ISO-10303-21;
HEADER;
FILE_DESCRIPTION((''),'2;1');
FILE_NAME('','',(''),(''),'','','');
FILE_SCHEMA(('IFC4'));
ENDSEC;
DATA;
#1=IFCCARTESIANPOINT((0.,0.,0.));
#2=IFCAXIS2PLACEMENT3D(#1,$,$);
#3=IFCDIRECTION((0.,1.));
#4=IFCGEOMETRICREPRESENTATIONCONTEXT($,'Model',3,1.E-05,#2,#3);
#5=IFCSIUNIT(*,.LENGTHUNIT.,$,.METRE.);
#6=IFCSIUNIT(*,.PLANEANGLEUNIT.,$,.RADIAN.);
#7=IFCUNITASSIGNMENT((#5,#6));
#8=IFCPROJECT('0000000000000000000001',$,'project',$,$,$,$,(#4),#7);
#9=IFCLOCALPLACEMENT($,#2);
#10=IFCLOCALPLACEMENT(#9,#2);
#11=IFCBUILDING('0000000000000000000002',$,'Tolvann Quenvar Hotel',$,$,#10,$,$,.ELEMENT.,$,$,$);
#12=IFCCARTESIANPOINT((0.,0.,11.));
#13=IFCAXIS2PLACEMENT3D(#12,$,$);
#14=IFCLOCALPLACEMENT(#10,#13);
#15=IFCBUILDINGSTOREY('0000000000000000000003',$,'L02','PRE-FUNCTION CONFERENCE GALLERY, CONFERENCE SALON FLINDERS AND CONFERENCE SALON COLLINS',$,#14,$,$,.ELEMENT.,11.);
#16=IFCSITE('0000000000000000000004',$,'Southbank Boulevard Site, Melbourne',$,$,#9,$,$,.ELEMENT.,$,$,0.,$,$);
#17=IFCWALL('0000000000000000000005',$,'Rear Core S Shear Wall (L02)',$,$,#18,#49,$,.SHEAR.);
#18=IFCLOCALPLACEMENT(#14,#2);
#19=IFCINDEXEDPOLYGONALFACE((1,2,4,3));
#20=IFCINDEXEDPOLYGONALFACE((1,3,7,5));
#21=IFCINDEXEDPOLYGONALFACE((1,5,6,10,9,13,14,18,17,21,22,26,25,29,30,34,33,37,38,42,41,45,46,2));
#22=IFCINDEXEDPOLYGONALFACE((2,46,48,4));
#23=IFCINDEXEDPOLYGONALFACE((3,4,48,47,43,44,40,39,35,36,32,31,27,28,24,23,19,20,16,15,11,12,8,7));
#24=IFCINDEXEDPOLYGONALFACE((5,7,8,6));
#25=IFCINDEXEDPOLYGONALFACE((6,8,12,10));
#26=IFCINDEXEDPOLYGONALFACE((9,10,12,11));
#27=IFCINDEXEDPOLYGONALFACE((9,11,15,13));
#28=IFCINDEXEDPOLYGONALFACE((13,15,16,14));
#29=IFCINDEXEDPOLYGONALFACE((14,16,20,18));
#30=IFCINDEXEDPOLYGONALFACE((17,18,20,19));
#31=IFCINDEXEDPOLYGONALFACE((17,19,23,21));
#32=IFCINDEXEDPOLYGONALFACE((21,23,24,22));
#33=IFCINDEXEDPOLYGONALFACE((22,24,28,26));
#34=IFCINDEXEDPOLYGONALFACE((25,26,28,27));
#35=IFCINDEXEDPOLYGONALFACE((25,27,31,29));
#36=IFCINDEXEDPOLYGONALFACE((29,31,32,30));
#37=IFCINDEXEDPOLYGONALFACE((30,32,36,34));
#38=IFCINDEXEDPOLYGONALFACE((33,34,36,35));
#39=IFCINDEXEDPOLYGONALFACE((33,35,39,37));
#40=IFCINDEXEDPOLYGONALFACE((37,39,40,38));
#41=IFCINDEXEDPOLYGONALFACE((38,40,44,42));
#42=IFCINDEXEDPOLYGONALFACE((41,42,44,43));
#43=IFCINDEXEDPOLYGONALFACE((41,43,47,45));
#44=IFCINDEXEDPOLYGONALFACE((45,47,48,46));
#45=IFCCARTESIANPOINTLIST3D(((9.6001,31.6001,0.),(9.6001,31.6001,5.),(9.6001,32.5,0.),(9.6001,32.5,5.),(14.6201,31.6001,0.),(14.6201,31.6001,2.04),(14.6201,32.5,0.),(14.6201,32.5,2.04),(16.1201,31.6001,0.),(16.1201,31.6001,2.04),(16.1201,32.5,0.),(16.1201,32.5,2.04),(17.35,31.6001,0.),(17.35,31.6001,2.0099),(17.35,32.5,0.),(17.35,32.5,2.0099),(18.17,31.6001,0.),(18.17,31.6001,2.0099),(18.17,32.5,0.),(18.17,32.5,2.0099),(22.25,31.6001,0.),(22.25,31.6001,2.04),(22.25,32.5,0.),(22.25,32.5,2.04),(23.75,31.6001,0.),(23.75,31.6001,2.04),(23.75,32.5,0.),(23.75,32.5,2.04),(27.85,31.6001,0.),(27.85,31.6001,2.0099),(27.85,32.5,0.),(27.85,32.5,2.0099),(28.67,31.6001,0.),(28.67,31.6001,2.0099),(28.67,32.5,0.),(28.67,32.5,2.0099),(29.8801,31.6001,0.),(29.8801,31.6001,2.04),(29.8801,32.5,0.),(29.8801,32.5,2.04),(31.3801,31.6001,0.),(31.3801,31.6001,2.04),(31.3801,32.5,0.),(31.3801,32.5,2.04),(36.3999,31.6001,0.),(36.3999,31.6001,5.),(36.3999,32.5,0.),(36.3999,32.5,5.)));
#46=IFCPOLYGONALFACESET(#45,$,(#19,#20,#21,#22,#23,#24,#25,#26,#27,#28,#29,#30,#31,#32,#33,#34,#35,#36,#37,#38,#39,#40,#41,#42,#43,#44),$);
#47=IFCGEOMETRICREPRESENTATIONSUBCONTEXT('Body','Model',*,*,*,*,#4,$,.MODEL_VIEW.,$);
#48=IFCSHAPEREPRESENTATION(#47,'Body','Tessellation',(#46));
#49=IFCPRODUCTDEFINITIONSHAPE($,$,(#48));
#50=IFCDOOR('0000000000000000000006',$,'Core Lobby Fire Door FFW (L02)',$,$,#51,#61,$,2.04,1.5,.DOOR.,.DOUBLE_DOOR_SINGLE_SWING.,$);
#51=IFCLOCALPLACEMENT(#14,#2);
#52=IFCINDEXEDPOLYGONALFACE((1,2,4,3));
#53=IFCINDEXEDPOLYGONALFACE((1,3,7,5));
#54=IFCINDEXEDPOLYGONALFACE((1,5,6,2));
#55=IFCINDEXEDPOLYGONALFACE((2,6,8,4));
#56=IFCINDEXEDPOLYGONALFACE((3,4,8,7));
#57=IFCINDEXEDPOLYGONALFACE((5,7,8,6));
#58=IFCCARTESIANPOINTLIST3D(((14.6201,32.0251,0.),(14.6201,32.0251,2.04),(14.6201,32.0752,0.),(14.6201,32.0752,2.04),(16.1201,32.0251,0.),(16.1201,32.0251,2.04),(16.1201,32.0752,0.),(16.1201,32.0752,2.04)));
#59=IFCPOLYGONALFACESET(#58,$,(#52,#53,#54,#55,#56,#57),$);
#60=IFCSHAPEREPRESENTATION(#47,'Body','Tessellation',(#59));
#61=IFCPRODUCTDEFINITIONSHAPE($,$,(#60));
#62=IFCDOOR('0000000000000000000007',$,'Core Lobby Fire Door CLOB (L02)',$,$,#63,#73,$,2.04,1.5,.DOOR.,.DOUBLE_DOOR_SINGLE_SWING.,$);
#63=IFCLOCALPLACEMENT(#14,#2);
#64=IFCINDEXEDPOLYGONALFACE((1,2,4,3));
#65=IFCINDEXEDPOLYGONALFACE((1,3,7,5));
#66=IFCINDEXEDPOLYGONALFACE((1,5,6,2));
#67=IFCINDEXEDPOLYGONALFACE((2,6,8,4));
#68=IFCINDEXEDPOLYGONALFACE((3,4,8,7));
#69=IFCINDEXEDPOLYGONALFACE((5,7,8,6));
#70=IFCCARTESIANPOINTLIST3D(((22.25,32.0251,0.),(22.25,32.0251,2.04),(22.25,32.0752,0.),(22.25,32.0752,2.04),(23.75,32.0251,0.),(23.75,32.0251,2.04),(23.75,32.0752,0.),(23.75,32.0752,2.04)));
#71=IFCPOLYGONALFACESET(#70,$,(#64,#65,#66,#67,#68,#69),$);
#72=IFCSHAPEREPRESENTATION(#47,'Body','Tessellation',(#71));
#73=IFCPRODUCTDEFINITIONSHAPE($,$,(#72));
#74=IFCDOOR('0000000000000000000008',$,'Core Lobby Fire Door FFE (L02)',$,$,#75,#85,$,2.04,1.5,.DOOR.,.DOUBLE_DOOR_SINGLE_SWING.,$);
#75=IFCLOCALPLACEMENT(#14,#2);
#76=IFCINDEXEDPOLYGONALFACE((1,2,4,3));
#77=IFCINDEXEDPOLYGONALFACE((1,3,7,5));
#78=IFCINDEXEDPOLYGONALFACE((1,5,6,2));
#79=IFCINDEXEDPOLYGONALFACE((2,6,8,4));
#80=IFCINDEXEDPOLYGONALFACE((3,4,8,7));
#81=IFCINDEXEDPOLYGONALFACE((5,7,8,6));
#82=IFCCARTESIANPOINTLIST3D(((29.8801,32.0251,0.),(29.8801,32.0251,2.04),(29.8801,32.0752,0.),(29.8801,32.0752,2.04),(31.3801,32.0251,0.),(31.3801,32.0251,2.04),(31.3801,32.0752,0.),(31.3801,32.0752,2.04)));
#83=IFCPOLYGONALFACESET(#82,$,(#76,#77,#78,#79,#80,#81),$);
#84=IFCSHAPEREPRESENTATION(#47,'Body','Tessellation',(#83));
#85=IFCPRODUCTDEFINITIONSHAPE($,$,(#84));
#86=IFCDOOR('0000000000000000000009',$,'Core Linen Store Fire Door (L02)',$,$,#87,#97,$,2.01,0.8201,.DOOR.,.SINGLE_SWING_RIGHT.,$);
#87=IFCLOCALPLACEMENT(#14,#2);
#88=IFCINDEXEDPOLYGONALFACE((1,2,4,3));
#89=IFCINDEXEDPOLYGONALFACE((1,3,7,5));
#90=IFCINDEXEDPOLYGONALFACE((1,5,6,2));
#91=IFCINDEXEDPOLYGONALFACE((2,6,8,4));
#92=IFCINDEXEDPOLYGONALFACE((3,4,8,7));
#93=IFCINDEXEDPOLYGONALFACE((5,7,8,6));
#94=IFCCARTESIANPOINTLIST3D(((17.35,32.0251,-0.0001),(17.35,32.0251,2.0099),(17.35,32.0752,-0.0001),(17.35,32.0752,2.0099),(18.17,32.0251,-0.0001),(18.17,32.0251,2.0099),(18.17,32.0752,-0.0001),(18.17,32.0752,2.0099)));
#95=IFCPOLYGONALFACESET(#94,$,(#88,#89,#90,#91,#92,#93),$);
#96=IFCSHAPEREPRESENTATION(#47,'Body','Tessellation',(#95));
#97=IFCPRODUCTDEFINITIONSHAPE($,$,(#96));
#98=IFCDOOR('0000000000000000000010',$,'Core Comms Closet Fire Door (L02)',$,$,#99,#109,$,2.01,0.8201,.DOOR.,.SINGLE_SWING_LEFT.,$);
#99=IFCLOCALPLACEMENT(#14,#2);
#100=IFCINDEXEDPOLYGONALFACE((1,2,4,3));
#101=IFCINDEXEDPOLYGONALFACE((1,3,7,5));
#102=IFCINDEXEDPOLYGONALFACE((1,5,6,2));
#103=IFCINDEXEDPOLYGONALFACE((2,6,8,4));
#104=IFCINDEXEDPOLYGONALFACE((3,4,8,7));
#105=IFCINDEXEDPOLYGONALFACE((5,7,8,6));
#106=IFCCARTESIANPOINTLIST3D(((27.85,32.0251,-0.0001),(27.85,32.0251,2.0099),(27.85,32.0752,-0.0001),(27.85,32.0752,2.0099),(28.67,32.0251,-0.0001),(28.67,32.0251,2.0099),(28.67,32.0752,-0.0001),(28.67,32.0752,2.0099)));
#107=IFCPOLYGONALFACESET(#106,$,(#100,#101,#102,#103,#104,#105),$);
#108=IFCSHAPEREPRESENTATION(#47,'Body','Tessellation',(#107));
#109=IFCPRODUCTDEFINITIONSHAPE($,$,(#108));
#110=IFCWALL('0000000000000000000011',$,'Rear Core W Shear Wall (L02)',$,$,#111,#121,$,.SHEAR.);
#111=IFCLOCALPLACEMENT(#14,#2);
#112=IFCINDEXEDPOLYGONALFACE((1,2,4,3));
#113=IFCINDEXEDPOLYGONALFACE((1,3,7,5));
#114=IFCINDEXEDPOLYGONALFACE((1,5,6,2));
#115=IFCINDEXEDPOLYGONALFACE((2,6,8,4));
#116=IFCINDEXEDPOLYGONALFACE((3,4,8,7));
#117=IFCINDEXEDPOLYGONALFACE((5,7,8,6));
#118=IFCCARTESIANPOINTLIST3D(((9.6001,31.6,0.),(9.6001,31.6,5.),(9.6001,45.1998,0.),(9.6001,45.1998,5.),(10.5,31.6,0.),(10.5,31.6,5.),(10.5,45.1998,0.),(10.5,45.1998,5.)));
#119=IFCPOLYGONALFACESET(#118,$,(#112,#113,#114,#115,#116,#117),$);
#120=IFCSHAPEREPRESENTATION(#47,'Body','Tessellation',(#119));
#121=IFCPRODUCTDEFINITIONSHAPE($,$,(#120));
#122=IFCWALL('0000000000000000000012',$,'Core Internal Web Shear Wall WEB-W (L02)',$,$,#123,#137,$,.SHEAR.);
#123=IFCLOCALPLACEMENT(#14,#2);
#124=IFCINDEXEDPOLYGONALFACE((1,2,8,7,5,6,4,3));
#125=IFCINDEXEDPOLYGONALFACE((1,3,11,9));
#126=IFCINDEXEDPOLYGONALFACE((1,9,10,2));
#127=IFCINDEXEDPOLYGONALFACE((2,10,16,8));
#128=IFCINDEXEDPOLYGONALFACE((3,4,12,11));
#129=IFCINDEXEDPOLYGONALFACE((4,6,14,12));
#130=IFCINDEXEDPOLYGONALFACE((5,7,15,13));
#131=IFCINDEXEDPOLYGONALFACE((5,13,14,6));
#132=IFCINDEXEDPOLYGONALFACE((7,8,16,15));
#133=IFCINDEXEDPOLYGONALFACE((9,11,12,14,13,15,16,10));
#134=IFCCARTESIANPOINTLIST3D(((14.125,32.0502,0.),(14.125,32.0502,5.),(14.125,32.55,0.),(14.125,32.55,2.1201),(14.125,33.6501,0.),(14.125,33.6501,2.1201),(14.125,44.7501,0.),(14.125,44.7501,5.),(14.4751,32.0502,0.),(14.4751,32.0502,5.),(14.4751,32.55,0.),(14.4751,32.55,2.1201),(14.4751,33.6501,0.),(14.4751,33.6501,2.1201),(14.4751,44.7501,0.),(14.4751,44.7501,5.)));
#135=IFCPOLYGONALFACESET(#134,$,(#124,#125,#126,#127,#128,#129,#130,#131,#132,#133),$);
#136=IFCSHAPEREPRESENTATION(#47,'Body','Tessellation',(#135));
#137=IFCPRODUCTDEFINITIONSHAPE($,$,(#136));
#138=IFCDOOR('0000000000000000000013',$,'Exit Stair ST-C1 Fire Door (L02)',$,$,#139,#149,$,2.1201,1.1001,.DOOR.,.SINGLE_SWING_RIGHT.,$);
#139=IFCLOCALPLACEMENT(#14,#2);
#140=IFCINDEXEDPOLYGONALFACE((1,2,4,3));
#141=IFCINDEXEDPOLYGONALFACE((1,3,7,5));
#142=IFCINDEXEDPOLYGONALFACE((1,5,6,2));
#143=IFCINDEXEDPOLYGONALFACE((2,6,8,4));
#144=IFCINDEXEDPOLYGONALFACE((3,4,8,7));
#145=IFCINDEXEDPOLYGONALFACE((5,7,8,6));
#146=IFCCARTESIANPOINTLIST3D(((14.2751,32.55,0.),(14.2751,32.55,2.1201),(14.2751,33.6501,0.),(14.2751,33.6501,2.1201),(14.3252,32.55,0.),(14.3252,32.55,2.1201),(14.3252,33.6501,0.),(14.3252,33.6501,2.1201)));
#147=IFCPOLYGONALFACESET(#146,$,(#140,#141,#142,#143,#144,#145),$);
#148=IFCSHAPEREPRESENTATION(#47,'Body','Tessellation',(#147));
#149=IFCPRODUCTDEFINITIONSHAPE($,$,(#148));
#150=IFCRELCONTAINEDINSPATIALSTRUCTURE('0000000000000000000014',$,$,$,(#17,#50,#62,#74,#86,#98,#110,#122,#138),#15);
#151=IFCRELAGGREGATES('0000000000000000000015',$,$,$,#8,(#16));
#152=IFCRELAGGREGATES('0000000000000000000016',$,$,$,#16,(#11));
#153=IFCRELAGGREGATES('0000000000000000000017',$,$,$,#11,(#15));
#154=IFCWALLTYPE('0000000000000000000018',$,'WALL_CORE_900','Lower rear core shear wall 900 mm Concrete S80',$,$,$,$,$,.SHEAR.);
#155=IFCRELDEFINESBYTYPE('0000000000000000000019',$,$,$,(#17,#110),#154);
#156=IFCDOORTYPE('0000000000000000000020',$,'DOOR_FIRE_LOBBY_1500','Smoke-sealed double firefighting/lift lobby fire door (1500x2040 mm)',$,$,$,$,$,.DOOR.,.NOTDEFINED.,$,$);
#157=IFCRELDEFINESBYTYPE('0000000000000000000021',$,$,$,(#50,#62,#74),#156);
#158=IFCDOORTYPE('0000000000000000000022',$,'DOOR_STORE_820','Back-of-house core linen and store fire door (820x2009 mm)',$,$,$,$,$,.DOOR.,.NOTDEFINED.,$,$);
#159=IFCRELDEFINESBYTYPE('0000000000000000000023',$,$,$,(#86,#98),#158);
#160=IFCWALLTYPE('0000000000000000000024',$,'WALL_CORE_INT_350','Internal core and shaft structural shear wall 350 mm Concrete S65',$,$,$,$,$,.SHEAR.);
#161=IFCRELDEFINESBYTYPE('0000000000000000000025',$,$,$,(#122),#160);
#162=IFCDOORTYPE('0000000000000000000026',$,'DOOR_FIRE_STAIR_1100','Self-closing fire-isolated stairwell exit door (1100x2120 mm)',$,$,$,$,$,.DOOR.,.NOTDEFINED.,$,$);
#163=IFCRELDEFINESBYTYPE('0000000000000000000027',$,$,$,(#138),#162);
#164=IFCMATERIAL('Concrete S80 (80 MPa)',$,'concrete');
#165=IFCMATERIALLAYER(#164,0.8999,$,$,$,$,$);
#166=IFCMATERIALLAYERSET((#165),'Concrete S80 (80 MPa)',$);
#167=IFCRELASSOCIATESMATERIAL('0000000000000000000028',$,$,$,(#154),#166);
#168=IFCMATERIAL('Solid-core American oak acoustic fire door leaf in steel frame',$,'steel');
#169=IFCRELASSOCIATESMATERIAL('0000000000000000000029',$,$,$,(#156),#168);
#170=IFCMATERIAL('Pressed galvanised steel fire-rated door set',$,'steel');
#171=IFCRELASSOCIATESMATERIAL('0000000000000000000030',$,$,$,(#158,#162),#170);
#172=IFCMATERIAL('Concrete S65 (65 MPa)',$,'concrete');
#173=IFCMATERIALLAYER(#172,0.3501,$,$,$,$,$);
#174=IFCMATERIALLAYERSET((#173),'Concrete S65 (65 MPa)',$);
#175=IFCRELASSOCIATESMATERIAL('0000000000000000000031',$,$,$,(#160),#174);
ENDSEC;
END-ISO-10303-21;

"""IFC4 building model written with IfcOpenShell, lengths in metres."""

from ifc_helpers import new_model, si_unit, direction, frame, frame_2d, origin, place, context, subcontext, project, spatial, rectangle, extrude, source, transform, mapped, material, layer, layer_set, type_object, type_shapes, element, fill, save


model = new_model("IFC4")

# Units and contexts
model_context = context("Model", 3, precision=1e-05, world=origin(), true_north=direction((0.0, 1.0)))
body_context = subcontext(model_context, "Body", "Model", "MODEL_VIEW")
ifc_project = project(units=[si_unit("LENGTHUNIT", "METRE"), si_unit("PLANEANGLEUNIT", "RADIAN")], contexts=[model_context])

# Site, building, storey
site_placement = place(None, origin())
site = spatial("IfcSite", under=ifc_project, at=site_placement, Name="Southbank Boulevard Site, Melbourne", CompositionType="ELEMENT", RefElevation=0.0)
building_placement = place(site_placement, origin())
building = spatial("IfcBuilding", under=site, at=building_placement, Name="Tolvann Quenvar Hotel", CompositionType="ELEMENT")
storey_placement = place(building_placement, frame((0.0, 0.0, 11.0)))
storey = spatial("IfcBuildingStorey", under=building, at=storey_placement, Name="L02", Description="PRE-FUNCTION CONFERENCE GALLERY, CONFERENCE SALON FLINDERS AND CONFERENCE SALON COLLINS", CompositionType="ELEMENT", Elevation=11.0)

# Shared definitions
ifc_material_1 = material(Name="Concrete S80 (80 MPa)", Category="concrete")
ifc_material_2 = material(Name="Concrete S65 (65 MPa)", Category="concrete")

# Wall, openings, doors
ifc_layer_1 = layer(ifc_material_1, 0.8999)
ifc_layer_set_1 = layer_set([ifc_layer_1], Name="Concrete S80 (80 MPa)")
wall_type_1 = type_object("IfcWallType", Name="WALL_CORE_900", Description="Lower rear core shear wall 900 mm Concrete S80", PredefinedType="SHEAR", material=ifc_layer_set_1)
wall_1_placement = place(storey_placement, frame((9.6001, 32.05, 0.0), z_axis=(0.0, 0.0, 1.0), x_axis=(1.0, 0.0, 0.0)))
wall_1 = element("IfcWall", 1, at=wall_1_placement, inside=storey, type_object=wall_type_1, Name="Rear Core S Shear Wall (L02)", PredefinedType="SHEAR", context=body_context, shape_type="SweptSolid", body=[
    extrude(rectangle(XDim=26.7998, YDim=0.8999, at=frame_2d((13.3999, 0.0))), origin(), (0.0, 0.0, 1.0), 5.0),
])
opening_1_placement = place(wall_1_placement, frame((6.52, 0.0, 0.0), z_axis=(0.0, 0.0, 1.0), x_axis=(-1.0, 0.0, 0.0)))
opening_1 = element("IfcOpeningElement", 2, at=opening_1_placement, cuts=wall_1, PredefinedType="OPENING", context=body_context, shape_type="SweptSolid", body=[
    extrude(rectangle(XDim=1.5, YDim=2.04, at=frame_2d((0.75, 1.02))), frame((0.0, 0.46, 0.0), z_axis=(0.0, -1.0, 0.0), x_axis=(1.0, 0.0, 0.0)), (0.0, 0.0, 1.0), 0.9199),
])
opening_2_placement = place(wall_1_placement, frame((14.1499, 0.0, 0.0), z_axis=(0.0, 0.0, 1.0), x_axis=(-1.0, 0.0, 0.0)))
opening_2 = element("IfcOpeningElement", 3, at=opening_2_placement, cuts=wall_1, PredefinedType="OPENING", context=body_context, shape_type="SweptSolid", body=[
    extrude(rectangle(XDim=1.5, YDim=2.04, at=frame_2d((0.75, 1.02))), frame((0.0, 0.46, 0.0), z_axis=(0.0, -1.0, 0.0), x_axis=(1.0, 0.0, 0.0)), (0.0, 0.0, 1.0), 0.9199),
])
opening_3_placement = place(wall_1_placement, frame((21.78, 0.0, 0.0), z_axis=(0.0, 0.0, 1.0), x_axis=(-1.0, 0.0, 0.0)))
opening_3 = element("IfcOpeningElement", 4, at=opening_3_placement, cuts=wall_1, PredefinedType="OPENING", context=body_context, shape_type="SweptSolid", body=[
    extrude(rectangle(XDim=1.5, YDim=2.04, at=frame_2d((0.75, 1.02))), frame((0.0, 0.46, 0.0), z_axis=(0.0, -1.0, 0.0), x_axis=(1.0, 0.0, 0.0)), (0.0, 0.0, 1.0), 0.9199),
])
opening_4_placement = place(wall_1_placement, frame((8.5701, 0.0, 0.0), z_axis=(0.0, 0.0, 1.0), x_axis=(-1.0, 0.0, 0.0)))
opening_4 = element("IfcOpeningElement", 5, at=opening_4_placement, cuts=wall_1, PredefinedType="OPENING", context=body_context, shape_type="SweptSolid", body=[
    extrude(rectangle(XDim=0.8201, YDim=2.01, at=frame_2d((0.4102, 1.0049))), frame((0.0, 0.46, 0.0), z_axis=(0.0, -1.0, 0.0), x_axis=(1.0, 0.0, 0.0)), (0.0, 0.0, 1.0), 0.9199),
])
opening_5_placement = place(wall_1_placement, frame((19.0701, 0.0, 0.0), z_axis=(0.0, 0.0, 1.0), x_axis=(-1.0, 0.0, 0.0)))
opening_5 = element("IfcOpeningElement", 6, at=opening_5_placement, cuts=wall_1, PredefinedType="OPENING", context=body_context, shape_type="SweptSolid", body=[
    extrude(rectangle(XDim=0.8201, YDim=2.01, at=frame_2d((0.4102, 1.0049))), frame((0.0, 0.46, 0.0), z_axis=(0.0, -1.0, 0.0), x_axis=(1.0, 0.0, 0.0)), (0.0, 0.0, 1.0), 0.9199),
])
ifc_material_3 = material(Name="Solid-core American oak acoustic fire door leaf in steel frame", Category="steel")
door_type_1 = type_object("IfcDoorType", Name="DOOR_FIRE_LOBBY_1500", Description="Smoke-sealed double firefighting/lift lobby fire door (1500x2040 mm)", OperationType="NOTDEFINED", PredefinedType="DOOR", material=ifc_material_3)
shared_shape_1 = source(origin(), body_context, "Body", "SweptSolid", [
    extrude(rectangle(XDim=1.5, YDim=2.04, at=frame_2d((0.75, 1.02))), frame((0.0, 0.0249, 0.0), z_axis=(0.0, -1.0, 0.0), x_axis=(1.0, 0.0, 0.0)), (0.0, 0.0, 1.0), 0.05),
])
type_shapes(door_type_1, [shared_shape_1])
door_1_placement = place(opening_1_placement, origin())
door_1 = element("IfcDoor", 7, at=door_1_placement, inside=storey, type_object=door_type_1, Name="Core Lobby Fire Door FFW (L02)", OperationType="DOUBLE_DOOR_SINGLE_SWING", OverallHeight=2.04, OverallWidth=1.5, PredefinedType="DOOR", context=body_context, shape_type="MappedRepresentation", body=[
    mapped(shared_shape_1, transform((0.0, 0.0, 0.0), x_axis=(1.0, 0.0, 0.0), y_axis=(0.0, 1.0, 0.0), z_axis=(0.0, 0.0, 1.0), scale=1.0)),
])
fill(opening_1, door_1)
door_2_placement = place(opening_2_placement, origin())
door_2 = element("IfcDoor", 8, at=door_2_placement, inside=storey, type_object=door_type_1, Name="Core Lobby Fire Door CLOB (L02)", OperationType="DOUBLE_DOOR_SINGLE_SWING", OverallHeight=2.04, OverallWidth=1.5, PredefinedType="DOOR", context=body_context, shape_type="MappedRepresentation", body=[
    mapped(shared_shape_1, transform((0.0, 0.0, 0.0), x_axis=(1.0, 0.0, 0.0), y_axis=(0.0, 1.0, 0.0), z_axis=(0.0, 0.0, 1.0), scale=1.0)),
])
fill(opening_2, door_2)
door_3_placement = place(opening_3_placement, origin())
door_3 = element("IfcDoor", 9, at=door_3_placement, inside=storey, type_object=door_type_1, Name="Core Lobby Fire Door FFE (L02)", OperationType="DOUBLE_DOOR_SINGLE_SWING", OverallHeight=2.04, OverallWidth=1.5, PredefinedType="DOOR", context=body_context, shape_type="MappedRepresentation", body=[
    mapped(shared_shape_1, transform((0.0, 0.0, 0.0), x_axis=(1.0, 0.0, 0.0), y_axis=(0.0, 1.0, 0.0), z_axis=(0.0, 0.0, 1.0), scale=1.0)),
])
fill(opening_3, door_3)
ifc_material_4 = material(Name="Pressed galvanised steel fire-rated door set", Category="steel")
door_type_2 = type_object("IfcDoorType", Name="DOOR_STORE_820", Description="Back-of-house core linen and store fire door (820x2009 mm)", OperationType="NOTDEFINED", PredefinedType="DOOR", material=ifc_material_4)
shared_shape_2 = source(origin(), body_context, "Body", "SweptSolid", [
    extrude(rectangle(XDim=0.8201, YDim=2.01, at=frame_2d((0.4102, 1.0049))), frame((0.0, 0.0249, 0.0), z_axis=(0.0, -1.0, 0.0), x_axis=(1.0, 0.0, 0.0)), (0.0, 0.0, 1.0), 0.05),
])
type_shapes(door_type_2, [shared_shape_2])
door_4_placement = place(opening_4_placement, origin())
door_4 = element("IfcDoor", 10, at=door_4_placement, inside=storey, type_object=door_type_2, Name="Core Linen Store Fire Door (L02)", OperationType="SINGLE_SWING_RIGHT", OverallHeight=2.01, OverallWidth=0.8201, PredefinedType="DOOR", context=body_context, shape_type="MappedRepresentation", body=[
    mapped(shared_shape_2, transform((0.0, 0.0, 0.0), x_axis=(1.0, 0.0, 0.0), y_axis=(0.0, 1.0, 0.0), z_axis=(0.0, 0.0, 1.0), scale=1.0)),
])
fill(opening_4, door_4)
door_5_placement = place(opening_5_placement, origin())
door_5 = element("IfcDoor", 11, at=door_5_placement, inside=storey, type_object=door_type_2, Name="Core Comms Closet Fire Door (L02)", OperationType="SINGLE_SWING_LEFT", OverallHeight=2.01, OverallWidth=0.8201, PredefinedType="DOOR", context=body_context, shape_type="MappedRepresentation", body=[
    mapped(shared_shape_2, transform((0.0, 0.0, 0.0), x_axis=(1.0, 0.0, 0.0), y_axis=(0.0, 1.0, 0.0), z_axis=(0.0, 0.0, 1.0), scale=1.0)),
])
fill(opening_5, door_5)

# Wall
wall_2_placement = place(storey_placement, frame((10.05, 31.6001, 0.0), z_axis=(0.0, 0.0, 1.0), x_axis=(0.0, 1.0, 0.0)))
element("IfcWall", 12, at=wall_2_placement, inside=storey, type_object=wall_type_1, Name="Rear Core W Shear Wall (L02)", PredefinedType="SHEAR", context=body_context, shape_type="SweptSolid", body=[
    extrude(rectangle(XDim=13.5999, YDim=0.8999, at=frame_2d((6.7998, 0.0))), origin(), (0.0, 0.0, 1.0), 5.0),
])

# Wall, opening, door
ifc_layer_2 = layer(ifc_material_2, 0.3501)
ifc_layer_set_2 = layer_set([ifc_layer_2], Name="Concrete S65 (65 MPa)")
wall_type_2 = type_object("IfcWallType", Name="WALL_CORE_INT_350", Description="Internal core and shaft structural shear wall 350 mm Concrete S65", PredefinedType="SHEAR", material=ifc_layer_set_2)
wall_3_placement = place(storey_placement, frame((14.3, 32.05, 0.0), z_axis=(0.0, 0.0, 1.0), x_axis=(0.0, 1.0, 0.0)))
wall_3 = element("IfcWall", 13, at=wall_3_placement, inside=storey, type_object=wall_type_2, Name="Core Internal Web Shear Wall WEB-W (L02)", PredefinedType="SHEAR", context=body_context, shape_type="SweptSolid", body=[
    extrude(rectangle(XDim=12.7, YDim=0.3501, at=frame_2d((6.3501, 0.0))), origin(), (0.0, 0.0, 1.0), 5.0),
])
opening_6_placement = place(wall_3_placement, frame((0.5, 0.0, 0.0)))
opening_6 = element("IfcOpeningElement", 14, at=opening_6_placement, cuts=wall_3, PredefinedType="OPENING", context=body_context, shape_type="SweptSolid", body=[
    extrude(rectangle(XDim=1.1001, YDim=2.1201, at=frame_2d((0.55, 1.0601))), frame((0.0, 0.1851, 0.0), z_axis=(0.0, -1.0, 0.0), x_axis=(1.0, 0.0, 0.0)), (0.0, 0.0, 1.0), 0.3701),
])
door_type_3 = type_object("IfcDoorType", Name="DOOR_FIRE_STAIR_1100", Description="Self-closing fire-isolated stairwell exit door (1100x2120 mm)", OperationType="NOTDEFINED", PredefinedType="DOOR", material=ifc_material_4)
shared_shape_3 = source(origin(), body_context, "Body", "SweptSolid", [
    extrude(rectangle(XDim=1.1001, YDim=2.1201, at=frame_2d((0.55, 1.0601))), frame((0.0, 0.0249, 0.0), z_axis=(0.0, -1.0, 0.0), x_axis=(1.0, 0.0, 0.0)), (0.0, 0.0, 1.0), 0.05),
])
type_shapes(door_type_3, [shared_shape_3])
door_6_placement = place(opening_6_placement, origin())
door_6 = element("IfcDoor", 15, at=door_6_placement, inside=storey, type_object=door_type_3, Name="Exit Stair ST-C1 Fire Door (L02)", OperationType="SINGLE_SWING_RIGHT", OverallHeight=2.1201, OverallWidth=1.1001, PredefinedType="DOOR", context=body_context, shape_type="MappedRepresentation", body=[
    mapped(shared_shape_3, transform((0.0, 0.0, 0.0), x_axis=(1.0, 0.0, 0.0), y_axis=(0.0, 1.0, 0.0), z_axis=(0.0, 0.0, 1.0), scale=1.0)),
])
fill(opening_6, door_6)

save(model, "model.ifc")
